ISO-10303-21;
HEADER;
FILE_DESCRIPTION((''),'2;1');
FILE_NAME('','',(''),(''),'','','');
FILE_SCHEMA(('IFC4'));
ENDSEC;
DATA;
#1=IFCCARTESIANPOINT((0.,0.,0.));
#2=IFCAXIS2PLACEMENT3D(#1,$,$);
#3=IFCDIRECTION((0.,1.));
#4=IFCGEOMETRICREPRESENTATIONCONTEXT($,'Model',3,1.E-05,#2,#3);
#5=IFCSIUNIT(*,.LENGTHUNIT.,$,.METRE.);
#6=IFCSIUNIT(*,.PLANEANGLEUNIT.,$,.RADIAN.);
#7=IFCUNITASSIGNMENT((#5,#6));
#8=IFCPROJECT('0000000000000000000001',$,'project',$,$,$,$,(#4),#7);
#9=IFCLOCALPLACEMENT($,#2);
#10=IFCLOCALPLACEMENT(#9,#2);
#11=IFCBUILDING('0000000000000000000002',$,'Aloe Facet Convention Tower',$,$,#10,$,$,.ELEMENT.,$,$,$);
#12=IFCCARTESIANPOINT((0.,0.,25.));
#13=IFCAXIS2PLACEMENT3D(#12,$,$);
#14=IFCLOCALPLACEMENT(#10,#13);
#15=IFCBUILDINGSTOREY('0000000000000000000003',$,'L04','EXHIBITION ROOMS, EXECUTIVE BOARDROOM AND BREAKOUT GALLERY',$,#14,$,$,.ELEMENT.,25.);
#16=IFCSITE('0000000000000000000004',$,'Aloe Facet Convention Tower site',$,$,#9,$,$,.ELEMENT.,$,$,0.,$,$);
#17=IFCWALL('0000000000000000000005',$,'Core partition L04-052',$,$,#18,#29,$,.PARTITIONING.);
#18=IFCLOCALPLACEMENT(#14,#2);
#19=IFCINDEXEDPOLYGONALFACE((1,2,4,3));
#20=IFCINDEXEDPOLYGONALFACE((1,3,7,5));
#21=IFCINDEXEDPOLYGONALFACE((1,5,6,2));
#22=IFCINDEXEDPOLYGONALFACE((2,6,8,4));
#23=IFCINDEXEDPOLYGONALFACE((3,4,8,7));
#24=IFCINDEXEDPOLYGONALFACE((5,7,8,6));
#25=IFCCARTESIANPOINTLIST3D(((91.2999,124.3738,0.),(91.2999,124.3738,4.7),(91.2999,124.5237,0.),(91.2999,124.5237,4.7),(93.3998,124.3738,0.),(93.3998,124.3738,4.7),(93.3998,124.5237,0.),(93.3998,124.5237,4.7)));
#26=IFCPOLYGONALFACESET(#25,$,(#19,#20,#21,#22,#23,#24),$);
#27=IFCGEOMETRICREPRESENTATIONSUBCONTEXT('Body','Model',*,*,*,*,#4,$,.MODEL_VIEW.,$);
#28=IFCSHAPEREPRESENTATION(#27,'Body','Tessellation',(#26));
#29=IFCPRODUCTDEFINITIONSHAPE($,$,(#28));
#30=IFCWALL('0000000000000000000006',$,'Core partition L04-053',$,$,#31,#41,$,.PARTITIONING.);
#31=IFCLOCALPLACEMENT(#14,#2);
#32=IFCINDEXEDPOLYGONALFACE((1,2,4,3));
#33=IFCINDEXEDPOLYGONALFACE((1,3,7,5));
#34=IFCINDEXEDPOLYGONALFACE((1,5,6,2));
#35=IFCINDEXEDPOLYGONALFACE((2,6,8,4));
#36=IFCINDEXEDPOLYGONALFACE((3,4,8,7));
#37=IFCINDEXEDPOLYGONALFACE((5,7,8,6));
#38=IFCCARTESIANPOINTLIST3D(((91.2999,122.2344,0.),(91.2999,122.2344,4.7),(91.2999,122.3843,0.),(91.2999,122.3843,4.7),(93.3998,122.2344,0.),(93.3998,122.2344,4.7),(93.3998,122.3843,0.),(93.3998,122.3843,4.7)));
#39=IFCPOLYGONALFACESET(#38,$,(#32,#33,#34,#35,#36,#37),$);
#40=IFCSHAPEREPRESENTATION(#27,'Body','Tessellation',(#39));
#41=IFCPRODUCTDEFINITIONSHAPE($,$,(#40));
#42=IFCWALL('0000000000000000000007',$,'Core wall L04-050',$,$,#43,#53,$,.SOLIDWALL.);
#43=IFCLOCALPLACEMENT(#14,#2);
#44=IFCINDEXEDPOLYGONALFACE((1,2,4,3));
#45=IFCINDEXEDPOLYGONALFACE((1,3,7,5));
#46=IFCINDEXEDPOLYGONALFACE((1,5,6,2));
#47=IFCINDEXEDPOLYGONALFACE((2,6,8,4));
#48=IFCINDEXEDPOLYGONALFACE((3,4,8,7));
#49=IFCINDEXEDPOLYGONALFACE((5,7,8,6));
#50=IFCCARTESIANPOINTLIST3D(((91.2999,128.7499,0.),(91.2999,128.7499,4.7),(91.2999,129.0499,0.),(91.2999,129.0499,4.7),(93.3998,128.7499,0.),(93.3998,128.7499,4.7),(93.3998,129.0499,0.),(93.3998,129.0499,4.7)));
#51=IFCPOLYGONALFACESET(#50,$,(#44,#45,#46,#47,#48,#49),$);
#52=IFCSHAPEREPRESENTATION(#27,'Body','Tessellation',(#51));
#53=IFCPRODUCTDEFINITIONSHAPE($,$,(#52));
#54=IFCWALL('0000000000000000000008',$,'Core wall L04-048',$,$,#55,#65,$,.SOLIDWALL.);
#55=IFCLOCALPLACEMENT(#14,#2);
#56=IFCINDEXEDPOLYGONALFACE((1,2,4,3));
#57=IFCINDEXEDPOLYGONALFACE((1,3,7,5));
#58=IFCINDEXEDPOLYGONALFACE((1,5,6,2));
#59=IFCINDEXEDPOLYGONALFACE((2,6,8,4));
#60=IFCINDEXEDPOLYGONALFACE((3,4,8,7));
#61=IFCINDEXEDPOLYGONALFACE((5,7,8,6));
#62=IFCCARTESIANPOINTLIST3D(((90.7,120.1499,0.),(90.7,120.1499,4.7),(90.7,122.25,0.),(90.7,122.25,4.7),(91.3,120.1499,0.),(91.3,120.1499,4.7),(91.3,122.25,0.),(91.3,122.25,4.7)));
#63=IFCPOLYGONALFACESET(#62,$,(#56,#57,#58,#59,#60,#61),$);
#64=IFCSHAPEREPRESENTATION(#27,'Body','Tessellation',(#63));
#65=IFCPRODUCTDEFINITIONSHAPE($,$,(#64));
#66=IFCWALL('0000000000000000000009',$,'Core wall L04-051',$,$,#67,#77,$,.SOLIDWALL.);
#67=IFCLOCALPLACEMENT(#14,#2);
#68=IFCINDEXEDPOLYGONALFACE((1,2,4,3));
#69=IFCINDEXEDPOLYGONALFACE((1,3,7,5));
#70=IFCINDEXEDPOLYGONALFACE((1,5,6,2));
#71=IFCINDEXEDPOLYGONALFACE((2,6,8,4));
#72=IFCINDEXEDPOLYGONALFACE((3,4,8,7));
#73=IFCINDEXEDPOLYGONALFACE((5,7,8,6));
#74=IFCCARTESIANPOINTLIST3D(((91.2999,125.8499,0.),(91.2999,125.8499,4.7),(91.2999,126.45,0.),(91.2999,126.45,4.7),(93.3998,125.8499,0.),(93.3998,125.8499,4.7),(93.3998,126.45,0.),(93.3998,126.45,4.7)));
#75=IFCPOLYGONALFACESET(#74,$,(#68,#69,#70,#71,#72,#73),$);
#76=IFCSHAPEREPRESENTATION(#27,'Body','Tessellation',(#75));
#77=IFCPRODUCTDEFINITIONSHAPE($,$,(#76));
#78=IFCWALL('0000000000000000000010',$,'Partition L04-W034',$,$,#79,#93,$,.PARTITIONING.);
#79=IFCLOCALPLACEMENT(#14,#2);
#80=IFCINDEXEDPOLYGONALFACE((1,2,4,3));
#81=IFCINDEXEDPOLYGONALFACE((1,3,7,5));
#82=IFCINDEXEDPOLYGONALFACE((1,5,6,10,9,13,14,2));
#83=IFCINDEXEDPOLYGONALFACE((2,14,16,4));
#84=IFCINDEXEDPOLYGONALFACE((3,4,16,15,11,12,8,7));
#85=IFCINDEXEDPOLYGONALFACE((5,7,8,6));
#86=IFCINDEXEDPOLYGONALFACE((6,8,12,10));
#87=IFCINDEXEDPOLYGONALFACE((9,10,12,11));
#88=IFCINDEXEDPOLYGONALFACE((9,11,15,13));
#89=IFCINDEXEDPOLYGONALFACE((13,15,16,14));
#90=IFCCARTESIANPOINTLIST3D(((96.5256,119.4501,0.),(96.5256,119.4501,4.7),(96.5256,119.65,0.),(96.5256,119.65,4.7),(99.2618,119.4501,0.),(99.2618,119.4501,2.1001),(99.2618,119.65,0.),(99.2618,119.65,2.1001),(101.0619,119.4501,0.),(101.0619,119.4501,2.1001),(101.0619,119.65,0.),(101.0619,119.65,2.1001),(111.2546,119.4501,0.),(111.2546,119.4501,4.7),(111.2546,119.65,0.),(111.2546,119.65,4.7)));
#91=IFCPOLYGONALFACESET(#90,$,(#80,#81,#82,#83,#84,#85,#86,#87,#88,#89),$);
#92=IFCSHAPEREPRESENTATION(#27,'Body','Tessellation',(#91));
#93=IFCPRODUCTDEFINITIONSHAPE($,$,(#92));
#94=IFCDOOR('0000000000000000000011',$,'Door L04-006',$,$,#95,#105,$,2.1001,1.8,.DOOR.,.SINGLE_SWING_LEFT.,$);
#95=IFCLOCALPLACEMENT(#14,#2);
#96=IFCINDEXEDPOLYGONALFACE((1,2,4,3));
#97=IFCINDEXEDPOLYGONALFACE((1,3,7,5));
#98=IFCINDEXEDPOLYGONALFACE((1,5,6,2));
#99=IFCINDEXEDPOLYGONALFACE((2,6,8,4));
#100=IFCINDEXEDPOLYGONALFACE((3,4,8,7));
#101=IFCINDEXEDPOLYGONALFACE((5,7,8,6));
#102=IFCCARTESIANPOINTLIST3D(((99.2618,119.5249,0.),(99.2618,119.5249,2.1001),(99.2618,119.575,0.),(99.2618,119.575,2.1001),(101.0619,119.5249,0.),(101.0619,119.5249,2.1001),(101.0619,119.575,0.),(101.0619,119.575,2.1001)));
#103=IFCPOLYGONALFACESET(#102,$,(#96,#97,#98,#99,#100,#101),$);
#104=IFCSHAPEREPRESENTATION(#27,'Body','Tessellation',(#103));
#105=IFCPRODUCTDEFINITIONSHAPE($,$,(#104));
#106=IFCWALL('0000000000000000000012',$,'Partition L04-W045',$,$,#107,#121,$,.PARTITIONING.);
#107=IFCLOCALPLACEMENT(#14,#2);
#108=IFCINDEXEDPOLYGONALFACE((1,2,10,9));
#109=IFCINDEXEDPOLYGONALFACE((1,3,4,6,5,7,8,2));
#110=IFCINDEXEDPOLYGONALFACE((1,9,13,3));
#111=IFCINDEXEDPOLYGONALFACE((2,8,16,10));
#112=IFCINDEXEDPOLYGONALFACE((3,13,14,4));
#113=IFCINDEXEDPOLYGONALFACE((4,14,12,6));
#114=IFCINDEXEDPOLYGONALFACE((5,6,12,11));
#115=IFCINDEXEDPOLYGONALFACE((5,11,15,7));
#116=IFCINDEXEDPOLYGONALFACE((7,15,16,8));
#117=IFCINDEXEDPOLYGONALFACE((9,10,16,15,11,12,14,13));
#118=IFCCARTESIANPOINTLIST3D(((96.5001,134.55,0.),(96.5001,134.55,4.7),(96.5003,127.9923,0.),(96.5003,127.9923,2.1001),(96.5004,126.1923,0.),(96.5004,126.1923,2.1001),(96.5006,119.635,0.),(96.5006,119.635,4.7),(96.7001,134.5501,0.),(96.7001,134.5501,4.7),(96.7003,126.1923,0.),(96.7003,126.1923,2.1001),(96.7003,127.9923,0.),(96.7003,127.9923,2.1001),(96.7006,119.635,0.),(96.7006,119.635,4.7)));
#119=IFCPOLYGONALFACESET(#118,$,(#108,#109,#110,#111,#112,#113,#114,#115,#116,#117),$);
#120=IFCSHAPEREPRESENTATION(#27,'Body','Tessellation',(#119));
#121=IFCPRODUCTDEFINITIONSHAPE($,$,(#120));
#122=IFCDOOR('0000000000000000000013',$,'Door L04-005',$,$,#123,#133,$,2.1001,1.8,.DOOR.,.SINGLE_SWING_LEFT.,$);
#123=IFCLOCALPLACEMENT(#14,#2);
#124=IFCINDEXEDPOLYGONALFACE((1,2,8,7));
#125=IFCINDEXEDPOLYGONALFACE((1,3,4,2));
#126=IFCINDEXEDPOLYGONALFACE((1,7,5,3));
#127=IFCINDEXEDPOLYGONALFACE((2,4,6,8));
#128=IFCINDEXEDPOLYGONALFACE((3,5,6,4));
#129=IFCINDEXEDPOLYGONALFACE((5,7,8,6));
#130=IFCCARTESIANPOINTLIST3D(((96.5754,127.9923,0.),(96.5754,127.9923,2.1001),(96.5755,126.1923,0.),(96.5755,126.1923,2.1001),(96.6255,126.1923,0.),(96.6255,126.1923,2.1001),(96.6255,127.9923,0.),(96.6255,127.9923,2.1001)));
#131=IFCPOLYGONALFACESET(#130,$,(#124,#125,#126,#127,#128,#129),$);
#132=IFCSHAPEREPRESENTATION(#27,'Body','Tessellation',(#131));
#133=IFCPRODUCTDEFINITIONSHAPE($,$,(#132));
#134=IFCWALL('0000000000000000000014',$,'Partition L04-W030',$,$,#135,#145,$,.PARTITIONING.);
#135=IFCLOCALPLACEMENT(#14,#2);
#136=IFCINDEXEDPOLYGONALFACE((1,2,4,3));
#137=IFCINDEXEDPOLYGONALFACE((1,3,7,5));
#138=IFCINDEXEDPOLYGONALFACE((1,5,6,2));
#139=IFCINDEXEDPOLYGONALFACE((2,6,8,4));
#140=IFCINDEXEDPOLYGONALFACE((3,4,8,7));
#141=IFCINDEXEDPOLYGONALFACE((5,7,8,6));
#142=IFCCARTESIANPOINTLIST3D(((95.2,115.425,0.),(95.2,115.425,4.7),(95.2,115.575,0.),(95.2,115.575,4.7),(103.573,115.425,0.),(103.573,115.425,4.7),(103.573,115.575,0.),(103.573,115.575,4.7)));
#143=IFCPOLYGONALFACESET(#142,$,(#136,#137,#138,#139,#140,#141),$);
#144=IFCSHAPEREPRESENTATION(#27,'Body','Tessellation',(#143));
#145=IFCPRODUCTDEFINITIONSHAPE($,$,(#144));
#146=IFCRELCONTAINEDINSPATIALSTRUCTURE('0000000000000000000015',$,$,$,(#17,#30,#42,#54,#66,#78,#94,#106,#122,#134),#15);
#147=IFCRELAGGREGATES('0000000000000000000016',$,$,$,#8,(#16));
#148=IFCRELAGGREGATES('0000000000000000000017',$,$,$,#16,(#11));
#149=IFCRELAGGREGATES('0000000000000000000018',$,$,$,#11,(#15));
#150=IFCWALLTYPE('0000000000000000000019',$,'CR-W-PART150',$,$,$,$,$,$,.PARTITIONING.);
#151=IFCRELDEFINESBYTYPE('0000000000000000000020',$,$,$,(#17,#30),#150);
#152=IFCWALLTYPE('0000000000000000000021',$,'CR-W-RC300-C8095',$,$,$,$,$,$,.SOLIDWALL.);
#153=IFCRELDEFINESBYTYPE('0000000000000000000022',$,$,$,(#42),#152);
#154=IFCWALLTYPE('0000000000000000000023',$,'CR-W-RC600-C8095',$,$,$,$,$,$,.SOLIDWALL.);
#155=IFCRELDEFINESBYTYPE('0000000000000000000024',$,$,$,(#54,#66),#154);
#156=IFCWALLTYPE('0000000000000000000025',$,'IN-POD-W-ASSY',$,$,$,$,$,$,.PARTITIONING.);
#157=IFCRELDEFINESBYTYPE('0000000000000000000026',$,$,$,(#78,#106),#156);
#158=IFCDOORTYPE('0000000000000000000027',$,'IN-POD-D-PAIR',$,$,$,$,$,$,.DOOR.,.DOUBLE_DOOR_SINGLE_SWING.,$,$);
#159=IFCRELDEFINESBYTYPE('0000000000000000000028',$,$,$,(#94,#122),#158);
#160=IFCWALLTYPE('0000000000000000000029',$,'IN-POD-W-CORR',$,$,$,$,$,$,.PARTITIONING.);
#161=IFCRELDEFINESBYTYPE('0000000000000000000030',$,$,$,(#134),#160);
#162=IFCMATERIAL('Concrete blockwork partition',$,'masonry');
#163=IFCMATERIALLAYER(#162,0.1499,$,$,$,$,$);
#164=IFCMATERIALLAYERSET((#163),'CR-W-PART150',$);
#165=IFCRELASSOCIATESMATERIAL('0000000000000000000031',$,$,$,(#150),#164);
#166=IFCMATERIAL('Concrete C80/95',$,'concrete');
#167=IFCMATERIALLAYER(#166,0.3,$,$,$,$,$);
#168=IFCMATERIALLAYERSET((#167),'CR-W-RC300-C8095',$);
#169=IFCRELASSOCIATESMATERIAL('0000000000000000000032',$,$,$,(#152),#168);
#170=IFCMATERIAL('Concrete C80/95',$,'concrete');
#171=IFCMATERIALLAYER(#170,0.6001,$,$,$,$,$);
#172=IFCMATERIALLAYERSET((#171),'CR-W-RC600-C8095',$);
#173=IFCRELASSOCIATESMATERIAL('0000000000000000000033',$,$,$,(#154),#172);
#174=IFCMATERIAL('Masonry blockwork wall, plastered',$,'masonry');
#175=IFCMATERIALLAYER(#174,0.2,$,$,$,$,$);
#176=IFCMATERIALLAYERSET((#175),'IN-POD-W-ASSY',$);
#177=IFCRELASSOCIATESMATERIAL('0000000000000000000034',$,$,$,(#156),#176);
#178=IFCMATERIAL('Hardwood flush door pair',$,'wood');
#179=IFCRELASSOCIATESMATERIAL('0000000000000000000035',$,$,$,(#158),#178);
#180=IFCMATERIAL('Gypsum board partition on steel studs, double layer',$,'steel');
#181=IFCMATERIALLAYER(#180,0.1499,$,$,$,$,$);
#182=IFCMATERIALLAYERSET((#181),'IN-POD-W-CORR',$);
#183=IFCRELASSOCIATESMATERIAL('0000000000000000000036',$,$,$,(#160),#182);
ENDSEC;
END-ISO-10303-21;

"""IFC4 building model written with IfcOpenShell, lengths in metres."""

from ifc_helpers import new_model, si_unit, direction, frame, frame_2d, origin, place, context, subcontext, project, spatial, rectangle, extrude, material, layer, layer_set, type_object, element, fill, save


model = new_model("IFC4")

# Units and contexts
model_context = context("Model", 3, precision=1e-05, world=origin(), true_north=direction((0.0, 1.0)))
body_context = subcontext(model_context, "Body", "Model", "MODEL_VIEW")
ifc_project = project(units=[si_unit("LENGTHUNIT", "METRE"), si_unit("PLANEANGLEUNIT", "RADIAN")], contexts=[model_context])

# Site, building, storey
site_placement = place(None, origin())
site = spatial("IfcSite", under=ifc_project, at=site_placement, Name="Aloe Facet Convention Tower site", CompositionType="ELEMENT", RefElevation=0.0)
building_placement = place(site_placement, origin())
building = spatial("IfcBuilding", under=site, at=building_placement, Name="Aloe Facet Convention Tower", CompositionType="ELEMENT")
storey_placement = place(building_placement, frame((0.0, 0.0, 25.0)))
storey = spatial("IfcBuildingStorey", under=building, at=storey_placement, Name="L04", Description="EXHIBITION ROOMS, EXECUTIVE BOARDROOM AND BREAKOUT GALLERY", CompositionType="ELEMENT", Elevation=25.0)

# Walls
ifc_material_1 = material(Name="Concrete blockwork partition", Category="masonry")
ifc_layer_1 = layer(ifc_material_1, 0.1499)
ifc_layer_set_1 = layer_set([ifc_layer_1], Name="CR-W-PART150")
wall_type_1 = type_object("IfcWallType", Name="CR-W-PART150", PredefinedType="PARTITIONING", material=ifc_layer_set_1)
for number, where, z_axis, x_axis, name in (
    (1, (91.3, 124.4487, 0.0), (0.0, 0.0, 1.0), (1.0, 0.0, 0.0), "Core partition L04-052"),
    (2, (91.3, 122.3093, 0.0), (0.0, 0.0, 1.0), (1.0, 0.0, 0.0), "Core partition L04-053"),
):
    element("IfcWall", number, at=place(storey_placement, frame(where, z_axis=z_axis, x_axis=x_axis)), inside=storey, type_object=wall_type_1, Name=name, PredefinedType="PARTITIONING", context=body_context, shape_type="SweptSolid", body=[
        extrude(rectangle(XDim=2.0999, YDim=0.1499, at=frame_2d((1.0498, 0.0))), origin(), (0.0, 0.0, 1.0), 4.7),
    ])
ifc_material_2 = material(Name="Concrete C80/95", Category="concrete")
ifc_layer_2 = layer(ifc_material_2, 0.3)
ifc_layer_set_2 = layer_set([ifc_layer_2], Name="CR-W-RC300-C8095")
wall_type_2 = type_object("IfcWallType", Name="CR-W-RC300-C8095", PredefinedType="SOLIDWALL", material=ifc_layer_set_2)
wall_1_placement = place(storey_placement, frame((91.3, 128.8999, 0.0), z_axis=(0.0, 0.0, 1.0), x_axis=(1.0, 0.0, 0.0)))
element("IfcWall", 3, at=wall_1_placement, inside=storey, type_object=wall_type_2, Name="Core wall L04-050", PredefinedType="SOLIDWALL", context=body_context, shape_type="SweptSolid", body=[
    extrude(rectangle(XDim=2.0999, YDim=0.3, at=frame_2d((1.0498, 0.0))), origin(), (0.0, 0.0, 1.0), 4.7),
])
ifc_material_3 = material(Name="Concrete C80/95", Category="concrete")
ifc_layer_3 = layer(ifc_material_3, 0.6001)
ifc_layer_set_3 = layer_set([ifc_layer_3], Name="CR-W-RC600-C8095")
wall_type_3 = type_object("IfcWallType", Name="CR-W-RC600-C8095", PredefinedType="SOLIDWALL", material=ifc_layer_set_3)
wall_2_placement = place(storey_placement, frame((91.0, 122.25, 0.0), z_axis=(0.0, 0.0, 1.0), x_axis=(0.0, -1.0, 0.0)))
element("IfcWall", 4, at=wall_2_placement, inside=storey, type_object=wall_type_3, Name="Core wall L04-048", PredefinedType="SOLIDWALL", context=body_context, shape_type="SweptSolid", body=[
    extrude(rectangle(XDim=2.1001, YDim=0.6001, at=frame_2d((1.05, 0.0))), origin(), (0.0, 0.0, 1.0), 4.7),
])
wall_3_placement = place(storey_placement, frame((91.3, 126.1499, 0.0), z_axis=(0.0, 0.0, 1.0), x_axis=(1.0, 0.0, 0.0)))
element("IfcWall", 5, at=wall_3_placement, inside=storey, type_object=wall_type_3, Name="Core wall L04-051", PredefinedType="SOLIDWALL", context=body_context, shape_type="SweptSolid", body=[
    extrude(rectangle(XDim=2.0999, YDim=0.6001, at=frame_2d((1.0498, 0.0))), origin(), (0.0, 0.0, 1.0), 4.7),
])

# Walls, openings, doors
ifc_material_4 = material(Name="Masonry blockwork wall, plastered", Category="masonry")
ifc_layer_4 = layer(ifc_material_4, 0.2)
ifc_layer_set_4 = layer_set([ifc_layer_4], Name="IN-POD-W-ASSY")
wall_type_4 = type_object("IfcWallType", Name="IN-POD-W-ASSY", PredefinedType="PARTITIONING", material=ifc_layer_set_4)
wall_4_placement = place(storey_placement, frame((96.5256, 119.55, 0.0), z_axis=(0.0, 0.0, 1.0), x_axis=(1.0, 0.0, 0.0)))
wall_4 = element("IfcWall", 6, at=wall_4_placement, inside=storey, type_object=wall_type_4, Name="Partition L04-W034", PredefinedType="PARTITIONING", context=body_context, shape_type="SweptSolid", body=[
    extrude(rectangle(XDim=14.729, YDim=0.2, at=frame_2d((7.3645, 0.0))), origin(), (0.0, 0.0, 1.0), 4.7),
])
opening_1_placement = place(wall_4_placement, frame((2.7363, 0.0, 0.0)))
opening_1 = element("IfcOpeningElement", 7, at=opening_1_placement, cuts=wall_4, PredefinedType="OPENING", context=body_context, shape_type="SweptSolid", body=[
    extrude(rectangle(XDim=1.8, YDim=2.1001, at=frame_2d((0.8999, 1.05))), frame((0.0, 0.1099, 0.0), z_axis=(0.0, -1.0, 0.0), x_axis=(1.0, 0.0, 0.0)), (0.0, 0.0, 1.0), 0.22),
])
ifc_material_5 = material(Name="Hardwood flush door pair", Category="wood")
door_type = type_object("IfcDoorType", Name="IN-POD-D-PAIR", OperationType="DOUBLE_DOOR_SINGLE_SWING", PredefinedType="DOOR", material=ifc_material_5)
door_1_placement = place(opening_1_placement, origin())
door_1 = element("IfcDoor", 8, at=door_1_placement, inside=storey, type_object=door_type, Name="Door L04-006", OperationType="SINGLE_SWING_LEFT", OverallHeight=2.1001, OverallWidth=1.8, PredefinedType="DOOR", context=body_context, shape_type="SweptSolid", body=[
    extrude(rectangle(XDim=1.8, YDim=2.1001, at=frame_2d((0.8999, 1.05))), frame((0.0, 0.0249, 0.0), z_axis=(0.0, -1.0, 0.0), x_axis=(1.0, 0.0, 0.0)), (0.0, 0.0, 1.0), 0.05),
])
fill(opening_1, door_1)
wall_5_placement = place(storey_placement, frame((96.6006, 119.635, 0.0), z_axis=(0.0, 0.0, 1.0), x_axis=(-0.000033, 1.0, 0.0)))
wall_5 = element("IfcWall", 9, at=wall_5_placement, inside=storey, type_object=wall_type_4, Name="Partition L04-W045", PredefinedType="PARTITIONING", context=body_context, shape_type="SweptSolid", body=[
    extrude(rectangle(XDim=14.915, YDim=0.2, at=frame_2d((7.4575, 0.0))), origin(), (0.0, 0.0, 1.0), 4.7),
])
opening_2_placement = place(wall_5_placement, frame((6.5574, 0.0, 0.0)))
opening_2 = element("IfcOpeningElement", 10, at=opening_2_placement, cuts=wall_5, PredefinedType="OPENING", context=body_context, shape_type="SweptSolid", body=[
    extrude(rectangle(XDim=1.8, YDim=2.1001, at=frame_2d((0.8999, 1.05))), frame((0.0, 0.1099, 0.0), z_axis=(0.0, -1.0, 0.0), x_axis=(1.0, 0.0, 0.0)), (0.0, 0.0, 1.0), 0.22),
])
door_2_placement = place(opening_2_placement, origin())
door_2 = element("IfcDoor", 11, at=door_2_placement, inside=storey, type_object=door_type, Name="Door L04-005", OperationType="SINGLE_SWING_LEFT", OverallHeight=2.1001, OverallWidth=1.8, PredefinedType="DOOR", context=body_context, shape_type="SweptSolid", body=[
    extrude(rectangle(XDim=1.8, YDim=2.1001, at=frame_2d((0.8999, 1.05))), frame((0.0, 0.0249, 0.0), z_axis=(0.0, -1.0, 0.0), x_axis=(1.0, 0.0, 0.0)), (0.0, 0.0, 1.0), 0.05),
])
fill(opening_2, door_2)

# Wall
ifc_material_6 = material(Name="Gypsum board partition on steel studs, double layer", Category="steel")
ifc_layer_5 = layer(ifc_material_6, 0.1499)
ifc_layer_set_5 = layer_set([ifc_layer_5], Name="IN-POD-W-CORR")
wall_type_5 = type_object("IfcWallType", Name="IN-POD-W-CORR", PredefinedType="PARTITIONING", material=ifc_layer_set_5)
wall_6_placement = place(storey_placement, frame((95.2, 115.5, 0.0), z_axis=(0.0, 0.0, 1.0), x_axis=(1.0, 0.0, 0.0)))
element("IfcWall", 12, at=wall_6_placement, inside=storey, type_object=wall_type_5, Name="Partition L04-W030", PredefinedType="PARTITIONING", context=body_context, shape_type="SweptSolid", body=[
    extrude(rectangle(XDim=8.373, YDim=0.1499, at=frame_2d((4.1865, 0.0))), origin(), (0.0, 0.0, 1.0), 4.7),
])

save(model, "model.ifc")
